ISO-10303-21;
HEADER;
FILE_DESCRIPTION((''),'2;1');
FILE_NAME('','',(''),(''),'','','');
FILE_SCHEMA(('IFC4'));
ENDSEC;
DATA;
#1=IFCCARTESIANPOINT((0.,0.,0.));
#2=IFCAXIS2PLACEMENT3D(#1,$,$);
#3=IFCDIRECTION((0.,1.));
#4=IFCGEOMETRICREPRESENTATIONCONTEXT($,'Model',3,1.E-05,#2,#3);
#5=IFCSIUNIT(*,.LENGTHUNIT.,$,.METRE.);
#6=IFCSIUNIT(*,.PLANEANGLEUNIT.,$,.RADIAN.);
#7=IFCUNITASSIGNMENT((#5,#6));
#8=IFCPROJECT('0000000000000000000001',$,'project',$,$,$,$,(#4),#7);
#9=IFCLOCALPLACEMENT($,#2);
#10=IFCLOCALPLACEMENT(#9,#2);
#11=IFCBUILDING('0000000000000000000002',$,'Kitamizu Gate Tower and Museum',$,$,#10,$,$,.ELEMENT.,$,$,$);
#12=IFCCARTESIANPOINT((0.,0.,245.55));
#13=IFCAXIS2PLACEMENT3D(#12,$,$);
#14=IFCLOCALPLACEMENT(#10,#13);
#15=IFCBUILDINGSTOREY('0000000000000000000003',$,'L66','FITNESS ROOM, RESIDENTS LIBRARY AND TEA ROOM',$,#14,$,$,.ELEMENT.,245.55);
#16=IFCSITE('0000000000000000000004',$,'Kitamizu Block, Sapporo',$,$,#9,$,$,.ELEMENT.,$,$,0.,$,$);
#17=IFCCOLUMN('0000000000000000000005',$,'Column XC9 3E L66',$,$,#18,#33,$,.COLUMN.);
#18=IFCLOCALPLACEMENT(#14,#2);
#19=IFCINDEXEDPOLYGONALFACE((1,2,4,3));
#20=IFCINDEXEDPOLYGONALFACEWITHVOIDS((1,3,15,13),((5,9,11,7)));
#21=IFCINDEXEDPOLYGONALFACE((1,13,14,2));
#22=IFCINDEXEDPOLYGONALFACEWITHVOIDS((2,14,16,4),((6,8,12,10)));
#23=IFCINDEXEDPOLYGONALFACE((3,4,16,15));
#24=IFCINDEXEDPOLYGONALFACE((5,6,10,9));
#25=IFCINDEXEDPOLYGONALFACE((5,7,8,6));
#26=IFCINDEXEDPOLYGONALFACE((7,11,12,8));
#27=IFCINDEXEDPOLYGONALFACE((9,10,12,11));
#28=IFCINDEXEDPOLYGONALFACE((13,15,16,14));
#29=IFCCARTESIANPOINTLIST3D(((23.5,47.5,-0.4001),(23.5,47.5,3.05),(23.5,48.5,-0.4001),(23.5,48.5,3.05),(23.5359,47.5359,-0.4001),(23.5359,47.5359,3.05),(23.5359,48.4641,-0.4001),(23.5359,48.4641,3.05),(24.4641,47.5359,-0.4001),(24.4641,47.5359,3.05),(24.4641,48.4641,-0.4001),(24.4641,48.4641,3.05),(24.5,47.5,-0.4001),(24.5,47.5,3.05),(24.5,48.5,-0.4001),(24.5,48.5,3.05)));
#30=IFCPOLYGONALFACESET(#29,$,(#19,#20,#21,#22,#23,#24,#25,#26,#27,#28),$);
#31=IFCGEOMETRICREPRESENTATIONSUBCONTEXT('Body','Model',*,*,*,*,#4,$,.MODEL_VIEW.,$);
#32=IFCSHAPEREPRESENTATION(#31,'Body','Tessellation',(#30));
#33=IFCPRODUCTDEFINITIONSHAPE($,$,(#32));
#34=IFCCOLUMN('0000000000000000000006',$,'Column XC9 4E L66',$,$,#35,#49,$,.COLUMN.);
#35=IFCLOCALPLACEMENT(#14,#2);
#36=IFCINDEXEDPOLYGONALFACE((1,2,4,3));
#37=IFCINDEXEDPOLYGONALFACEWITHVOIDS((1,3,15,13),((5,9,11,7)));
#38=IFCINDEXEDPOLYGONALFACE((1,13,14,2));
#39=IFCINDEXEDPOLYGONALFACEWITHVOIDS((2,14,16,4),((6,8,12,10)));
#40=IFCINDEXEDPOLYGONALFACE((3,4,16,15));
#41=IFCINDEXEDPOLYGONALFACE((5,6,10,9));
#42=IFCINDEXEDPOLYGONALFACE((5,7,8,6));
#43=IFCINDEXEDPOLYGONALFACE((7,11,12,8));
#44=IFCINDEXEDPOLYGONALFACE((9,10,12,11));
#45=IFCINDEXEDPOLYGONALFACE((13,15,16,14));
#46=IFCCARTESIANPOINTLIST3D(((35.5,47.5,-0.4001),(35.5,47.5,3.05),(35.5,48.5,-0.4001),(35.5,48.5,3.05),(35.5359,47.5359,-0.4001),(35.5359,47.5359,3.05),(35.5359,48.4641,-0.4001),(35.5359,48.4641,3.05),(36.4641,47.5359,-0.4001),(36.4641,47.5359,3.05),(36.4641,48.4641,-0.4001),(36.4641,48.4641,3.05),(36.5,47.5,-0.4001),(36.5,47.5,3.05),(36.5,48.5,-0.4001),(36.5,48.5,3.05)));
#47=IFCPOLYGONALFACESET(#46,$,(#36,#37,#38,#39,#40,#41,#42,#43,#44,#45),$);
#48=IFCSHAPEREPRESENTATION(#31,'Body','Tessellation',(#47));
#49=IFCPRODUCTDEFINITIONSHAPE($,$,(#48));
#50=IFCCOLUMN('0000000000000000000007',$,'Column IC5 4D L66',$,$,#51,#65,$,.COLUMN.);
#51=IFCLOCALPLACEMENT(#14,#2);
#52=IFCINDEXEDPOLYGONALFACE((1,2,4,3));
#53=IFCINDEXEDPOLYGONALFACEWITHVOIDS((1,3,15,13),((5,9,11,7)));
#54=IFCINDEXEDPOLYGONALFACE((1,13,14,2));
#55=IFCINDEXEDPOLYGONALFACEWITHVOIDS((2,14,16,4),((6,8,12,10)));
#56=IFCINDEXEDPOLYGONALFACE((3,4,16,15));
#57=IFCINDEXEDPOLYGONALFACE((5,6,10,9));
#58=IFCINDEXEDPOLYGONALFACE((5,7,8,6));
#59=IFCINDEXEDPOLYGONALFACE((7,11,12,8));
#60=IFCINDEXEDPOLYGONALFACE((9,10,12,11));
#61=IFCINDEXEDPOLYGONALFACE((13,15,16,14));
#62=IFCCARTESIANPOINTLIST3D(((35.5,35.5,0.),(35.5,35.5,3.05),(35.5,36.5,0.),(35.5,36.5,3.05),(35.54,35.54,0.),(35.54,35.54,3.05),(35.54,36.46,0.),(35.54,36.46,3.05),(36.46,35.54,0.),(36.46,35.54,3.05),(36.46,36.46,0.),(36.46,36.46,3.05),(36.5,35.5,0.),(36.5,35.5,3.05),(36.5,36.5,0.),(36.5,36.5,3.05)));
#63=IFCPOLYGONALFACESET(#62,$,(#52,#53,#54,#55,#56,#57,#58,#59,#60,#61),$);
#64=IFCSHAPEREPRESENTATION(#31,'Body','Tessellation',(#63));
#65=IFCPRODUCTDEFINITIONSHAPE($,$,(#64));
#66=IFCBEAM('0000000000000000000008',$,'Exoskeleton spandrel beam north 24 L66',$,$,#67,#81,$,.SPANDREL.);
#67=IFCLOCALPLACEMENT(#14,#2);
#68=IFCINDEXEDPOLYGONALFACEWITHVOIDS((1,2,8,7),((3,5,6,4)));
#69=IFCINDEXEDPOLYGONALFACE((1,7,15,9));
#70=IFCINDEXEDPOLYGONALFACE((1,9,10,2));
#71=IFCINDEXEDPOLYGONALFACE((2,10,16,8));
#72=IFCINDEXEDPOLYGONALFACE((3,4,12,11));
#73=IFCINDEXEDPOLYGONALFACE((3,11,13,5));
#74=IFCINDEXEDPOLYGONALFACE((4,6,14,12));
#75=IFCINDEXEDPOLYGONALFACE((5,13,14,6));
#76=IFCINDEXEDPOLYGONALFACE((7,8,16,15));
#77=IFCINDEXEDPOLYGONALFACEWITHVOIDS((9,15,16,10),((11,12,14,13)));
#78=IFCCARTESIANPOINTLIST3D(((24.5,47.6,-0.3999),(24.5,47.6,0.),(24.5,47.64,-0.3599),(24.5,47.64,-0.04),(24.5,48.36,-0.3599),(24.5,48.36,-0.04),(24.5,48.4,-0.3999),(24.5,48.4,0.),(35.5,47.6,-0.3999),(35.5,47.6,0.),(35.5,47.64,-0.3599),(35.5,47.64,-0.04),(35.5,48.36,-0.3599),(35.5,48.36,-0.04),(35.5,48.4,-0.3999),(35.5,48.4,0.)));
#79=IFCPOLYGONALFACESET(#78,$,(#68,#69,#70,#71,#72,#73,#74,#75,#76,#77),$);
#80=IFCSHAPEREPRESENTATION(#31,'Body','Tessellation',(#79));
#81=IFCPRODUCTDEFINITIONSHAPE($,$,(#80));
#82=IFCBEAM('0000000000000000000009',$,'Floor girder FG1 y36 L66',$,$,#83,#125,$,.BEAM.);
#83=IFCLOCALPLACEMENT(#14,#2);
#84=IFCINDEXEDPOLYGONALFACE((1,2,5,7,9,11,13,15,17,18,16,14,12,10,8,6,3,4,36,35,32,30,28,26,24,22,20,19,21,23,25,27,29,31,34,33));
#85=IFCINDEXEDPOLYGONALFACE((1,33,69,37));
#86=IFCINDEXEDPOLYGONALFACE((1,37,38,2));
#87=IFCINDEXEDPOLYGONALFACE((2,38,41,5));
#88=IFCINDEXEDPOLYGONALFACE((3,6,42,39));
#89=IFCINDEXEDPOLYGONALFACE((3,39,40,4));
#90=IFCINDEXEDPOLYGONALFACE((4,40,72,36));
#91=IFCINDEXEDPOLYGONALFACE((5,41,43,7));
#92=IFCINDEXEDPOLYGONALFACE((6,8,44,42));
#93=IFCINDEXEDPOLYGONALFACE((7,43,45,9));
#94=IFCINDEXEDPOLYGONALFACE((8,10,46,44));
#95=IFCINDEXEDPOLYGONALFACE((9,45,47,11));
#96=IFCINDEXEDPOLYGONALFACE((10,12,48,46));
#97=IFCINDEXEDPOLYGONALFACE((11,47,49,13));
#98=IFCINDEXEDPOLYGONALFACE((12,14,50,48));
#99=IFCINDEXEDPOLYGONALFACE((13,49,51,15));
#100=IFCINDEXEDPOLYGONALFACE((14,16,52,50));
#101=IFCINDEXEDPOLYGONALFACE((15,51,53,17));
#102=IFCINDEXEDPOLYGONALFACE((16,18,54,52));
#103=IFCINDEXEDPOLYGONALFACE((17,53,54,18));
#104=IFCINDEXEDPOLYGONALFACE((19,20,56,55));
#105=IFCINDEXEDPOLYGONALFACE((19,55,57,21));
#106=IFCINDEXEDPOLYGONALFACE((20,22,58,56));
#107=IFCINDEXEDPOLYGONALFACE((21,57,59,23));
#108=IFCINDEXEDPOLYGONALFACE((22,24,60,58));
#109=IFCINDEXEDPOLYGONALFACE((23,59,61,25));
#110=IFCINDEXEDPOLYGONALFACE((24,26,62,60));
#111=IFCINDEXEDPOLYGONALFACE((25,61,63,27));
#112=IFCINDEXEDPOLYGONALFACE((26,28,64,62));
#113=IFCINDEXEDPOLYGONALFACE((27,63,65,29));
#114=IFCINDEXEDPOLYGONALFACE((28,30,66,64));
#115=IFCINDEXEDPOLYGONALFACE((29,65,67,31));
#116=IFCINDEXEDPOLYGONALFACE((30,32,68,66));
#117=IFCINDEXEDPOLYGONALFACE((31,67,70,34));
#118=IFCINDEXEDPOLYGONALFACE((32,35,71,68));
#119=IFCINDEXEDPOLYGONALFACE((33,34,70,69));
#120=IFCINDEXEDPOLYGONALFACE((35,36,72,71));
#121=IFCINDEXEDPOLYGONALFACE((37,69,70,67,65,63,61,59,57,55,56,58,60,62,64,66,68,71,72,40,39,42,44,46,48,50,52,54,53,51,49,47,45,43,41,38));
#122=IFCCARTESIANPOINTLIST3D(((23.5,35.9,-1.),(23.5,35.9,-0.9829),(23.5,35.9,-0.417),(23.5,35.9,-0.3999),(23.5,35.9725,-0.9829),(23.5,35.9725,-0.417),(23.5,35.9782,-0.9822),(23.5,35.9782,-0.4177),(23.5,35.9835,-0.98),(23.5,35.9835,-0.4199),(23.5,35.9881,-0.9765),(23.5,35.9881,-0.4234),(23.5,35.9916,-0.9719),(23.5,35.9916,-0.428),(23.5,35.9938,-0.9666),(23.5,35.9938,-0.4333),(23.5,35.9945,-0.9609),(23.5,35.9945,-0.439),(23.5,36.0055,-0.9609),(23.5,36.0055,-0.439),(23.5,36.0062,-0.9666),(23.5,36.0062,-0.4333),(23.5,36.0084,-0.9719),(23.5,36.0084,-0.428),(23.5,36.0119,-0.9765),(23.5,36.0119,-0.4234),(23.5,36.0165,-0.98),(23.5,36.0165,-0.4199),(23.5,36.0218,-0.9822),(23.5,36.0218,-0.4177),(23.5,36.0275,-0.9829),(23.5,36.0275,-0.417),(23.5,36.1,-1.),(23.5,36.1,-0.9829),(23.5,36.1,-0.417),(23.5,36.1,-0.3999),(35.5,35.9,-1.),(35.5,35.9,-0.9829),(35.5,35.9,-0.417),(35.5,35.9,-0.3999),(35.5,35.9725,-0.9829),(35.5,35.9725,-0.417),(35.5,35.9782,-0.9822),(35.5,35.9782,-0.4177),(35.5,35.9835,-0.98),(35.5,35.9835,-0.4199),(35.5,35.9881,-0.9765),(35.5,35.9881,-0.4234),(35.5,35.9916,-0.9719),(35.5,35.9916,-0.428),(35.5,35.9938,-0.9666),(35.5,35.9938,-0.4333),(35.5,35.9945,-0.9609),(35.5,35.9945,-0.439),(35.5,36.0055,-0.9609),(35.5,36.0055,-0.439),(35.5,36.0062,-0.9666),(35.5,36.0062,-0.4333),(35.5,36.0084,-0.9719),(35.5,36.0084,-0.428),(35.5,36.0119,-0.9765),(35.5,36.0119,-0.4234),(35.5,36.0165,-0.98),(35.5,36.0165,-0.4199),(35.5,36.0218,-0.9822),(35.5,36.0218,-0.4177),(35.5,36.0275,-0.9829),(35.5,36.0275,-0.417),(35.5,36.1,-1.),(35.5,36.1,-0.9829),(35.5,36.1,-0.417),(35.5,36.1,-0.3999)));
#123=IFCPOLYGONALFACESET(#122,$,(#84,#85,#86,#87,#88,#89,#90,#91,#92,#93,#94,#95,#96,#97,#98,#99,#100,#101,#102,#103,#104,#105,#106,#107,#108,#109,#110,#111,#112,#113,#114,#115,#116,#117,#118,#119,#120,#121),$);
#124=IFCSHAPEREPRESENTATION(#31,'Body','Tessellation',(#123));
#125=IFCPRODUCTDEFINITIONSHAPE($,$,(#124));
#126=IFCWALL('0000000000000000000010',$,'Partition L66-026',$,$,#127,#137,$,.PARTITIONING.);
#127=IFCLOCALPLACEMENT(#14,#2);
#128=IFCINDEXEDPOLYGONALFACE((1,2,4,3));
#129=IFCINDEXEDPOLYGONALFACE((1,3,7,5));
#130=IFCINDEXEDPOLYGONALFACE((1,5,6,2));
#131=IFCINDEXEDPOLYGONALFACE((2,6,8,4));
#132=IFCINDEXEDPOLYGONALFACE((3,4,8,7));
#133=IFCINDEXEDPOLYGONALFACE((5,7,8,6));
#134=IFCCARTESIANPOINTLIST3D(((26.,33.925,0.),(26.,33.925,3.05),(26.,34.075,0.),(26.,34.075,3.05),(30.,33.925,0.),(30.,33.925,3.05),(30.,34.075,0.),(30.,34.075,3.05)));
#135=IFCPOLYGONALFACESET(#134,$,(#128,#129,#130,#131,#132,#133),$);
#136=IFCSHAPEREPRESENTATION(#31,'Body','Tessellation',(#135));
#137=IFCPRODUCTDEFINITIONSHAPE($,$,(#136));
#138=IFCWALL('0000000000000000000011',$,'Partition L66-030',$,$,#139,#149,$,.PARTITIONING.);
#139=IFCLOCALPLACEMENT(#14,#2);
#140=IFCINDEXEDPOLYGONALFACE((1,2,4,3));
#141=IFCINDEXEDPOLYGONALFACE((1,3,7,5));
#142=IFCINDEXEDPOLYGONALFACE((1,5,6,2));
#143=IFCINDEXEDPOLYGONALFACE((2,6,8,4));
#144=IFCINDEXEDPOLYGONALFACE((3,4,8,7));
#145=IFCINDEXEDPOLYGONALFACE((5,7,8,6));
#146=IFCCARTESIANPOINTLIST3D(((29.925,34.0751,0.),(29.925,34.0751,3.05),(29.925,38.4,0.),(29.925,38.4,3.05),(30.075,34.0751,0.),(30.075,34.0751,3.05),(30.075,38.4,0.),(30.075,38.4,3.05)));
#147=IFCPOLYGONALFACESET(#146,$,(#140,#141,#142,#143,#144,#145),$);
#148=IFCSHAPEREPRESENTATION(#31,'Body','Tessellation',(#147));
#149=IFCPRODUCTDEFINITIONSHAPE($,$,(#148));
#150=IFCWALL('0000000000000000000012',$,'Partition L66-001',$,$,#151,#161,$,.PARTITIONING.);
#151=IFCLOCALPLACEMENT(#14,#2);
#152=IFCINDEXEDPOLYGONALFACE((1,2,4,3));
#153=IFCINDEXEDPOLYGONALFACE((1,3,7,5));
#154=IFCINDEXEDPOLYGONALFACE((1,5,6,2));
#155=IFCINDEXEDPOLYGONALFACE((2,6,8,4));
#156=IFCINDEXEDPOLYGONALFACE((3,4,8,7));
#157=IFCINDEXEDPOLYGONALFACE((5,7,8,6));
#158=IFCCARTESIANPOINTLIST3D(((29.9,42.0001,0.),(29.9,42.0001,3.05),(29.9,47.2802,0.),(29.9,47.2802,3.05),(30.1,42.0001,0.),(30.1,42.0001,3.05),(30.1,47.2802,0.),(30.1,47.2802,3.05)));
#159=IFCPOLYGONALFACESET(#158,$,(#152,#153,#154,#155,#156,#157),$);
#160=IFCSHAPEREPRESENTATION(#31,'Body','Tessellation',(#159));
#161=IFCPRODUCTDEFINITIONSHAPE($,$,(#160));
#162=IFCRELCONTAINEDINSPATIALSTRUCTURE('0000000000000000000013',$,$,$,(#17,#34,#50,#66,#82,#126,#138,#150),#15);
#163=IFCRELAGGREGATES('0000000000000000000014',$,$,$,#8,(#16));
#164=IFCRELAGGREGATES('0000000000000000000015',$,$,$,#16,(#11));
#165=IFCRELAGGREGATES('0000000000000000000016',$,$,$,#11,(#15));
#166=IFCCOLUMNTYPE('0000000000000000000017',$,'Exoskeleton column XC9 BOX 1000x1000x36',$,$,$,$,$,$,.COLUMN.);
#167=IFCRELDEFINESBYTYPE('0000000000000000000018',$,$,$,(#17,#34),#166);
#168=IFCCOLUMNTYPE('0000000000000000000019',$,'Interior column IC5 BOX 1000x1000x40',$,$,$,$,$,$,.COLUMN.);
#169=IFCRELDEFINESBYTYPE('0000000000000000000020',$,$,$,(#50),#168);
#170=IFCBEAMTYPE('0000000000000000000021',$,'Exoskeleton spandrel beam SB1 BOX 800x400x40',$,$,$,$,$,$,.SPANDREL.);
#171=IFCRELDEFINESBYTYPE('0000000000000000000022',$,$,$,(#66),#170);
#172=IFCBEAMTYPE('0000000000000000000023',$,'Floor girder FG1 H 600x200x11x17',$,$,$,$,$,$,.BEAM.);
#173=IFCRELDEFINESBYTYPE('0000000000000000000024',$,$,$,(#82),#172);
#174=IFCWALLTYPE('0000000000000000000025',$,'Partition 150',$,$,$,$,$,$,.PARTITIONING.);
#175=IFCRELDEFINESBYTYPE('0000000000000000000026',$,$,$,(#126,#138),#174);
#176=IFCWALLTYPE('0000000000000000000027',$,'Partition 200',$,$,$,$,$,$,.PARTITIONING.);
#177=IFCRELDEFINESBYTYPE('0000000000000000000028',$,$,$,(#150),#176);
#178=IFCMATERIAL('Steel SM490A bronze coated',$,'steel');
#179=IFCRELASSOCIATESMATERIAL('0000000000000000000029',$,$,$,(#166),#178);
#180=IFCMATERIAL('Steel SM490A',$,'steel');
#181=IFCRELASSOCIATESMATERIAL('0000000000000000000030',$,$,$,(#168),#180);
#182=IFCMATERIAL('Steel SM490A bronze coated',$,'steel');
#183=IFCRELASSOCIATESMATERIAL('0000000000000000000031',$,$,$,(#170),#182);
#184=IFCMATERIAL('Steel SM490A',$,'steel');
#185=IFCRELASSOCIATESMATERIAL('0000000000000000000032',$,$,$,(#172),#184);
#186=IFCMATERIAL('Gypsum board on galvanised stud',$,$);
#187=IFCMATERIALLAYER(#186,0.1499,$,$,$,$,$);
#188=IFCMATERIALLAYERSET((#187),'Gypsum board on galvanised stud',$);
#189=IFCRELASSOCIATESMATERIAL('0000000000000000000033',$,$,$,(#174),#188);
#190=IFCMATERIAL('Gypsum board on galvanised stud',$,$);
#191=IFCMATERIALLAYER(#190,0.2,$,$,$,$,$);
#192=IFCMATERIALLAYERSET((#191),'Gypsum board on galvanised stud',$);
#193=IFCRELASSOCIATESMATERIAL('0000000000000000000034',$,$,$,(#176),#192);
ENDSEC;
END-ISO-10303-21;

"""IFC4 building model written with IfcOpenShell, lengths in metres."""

from ifc_helpers import new_model, si_unit, direction, frame, frame_2d, origin, origin_2d, place, context, subcontext, project, spatial, rectangle, hollow_rectangle, i_section, extrude, material, layer, layer_set, material_profile, profile_set, type_object, element, save


model = new_model("IFC4")

# Units and contexts
model_context = context("Model", 3, precision=1e-05, world=origin(), true_north=direction((0.0, 1.0)))
body_context = subcontext(model_context, "Body", "Model", "MODEL_VIEW")
ifc_project = project(units=[si_unit("LENGTHUNIT", "METRE"), si_unit("PLANEANGLEUNIT", "RADIAN")], contexts=[model_context])

# Site, building, storey
site_placement = place(None, origin())
site = spatial("IfcSite", under=ifc_project, at=site_placement, Name="Kitamizu Block, Sapporo", CompositionType="ELEMENT", RefElevation=0.0)
building_placement = place(site_placement, origin())
building = spatial("IfcBuilding", under=site, at=building_placement, Name="Kitamizu Gate Tower and Museum", CompositionType="ELEMENT")
storey_placement = place(building_placement, frame((0.0, 0.0, 245.55)))
storey = spatial("IfcBuildingStorey", under=building, at=storey_placement, Name="L66", Description="FITNESS ROOM, RESIDENTS LIBRARY AND TEA ROOM", CompositionType="ELEMENT", Elevation=245.55)

# Columns
ifc_material_1 = material(Name="Steel SM490A bronze coated", Category="steel")
ifc_material_profile_1 = material_profile(ifc_material_1, hollow_rectangle(XDim=1.0, YDim=1.0, WallThickness=0.0359, at=origin_2d()), Name="BOX 1000x1000x36")
ifc_profile_set_1 = profile_set([ifc_material_profile_1], Name="Steel SM490A bronze coated")
column_type_1 = type_object("IfcColumnType", Name="Exoskeleton column XC9 BOX 1000x1000x36", PredefinedType="COLUMN", material=ifc_profile_set_1)
for number, where, z_axis, x_axis, name in (
    (1, (24.0, 48.0, -0.4001), (0.0, 0.0, 1.0), (1.0, 0.0, 0.0), "Column XC9 3E L66"),
    (2, (36.0, 48.0, -0.4001), (0.0, 0.0, 1.0), (1.0, 0.0, 0.0), "Column XC9 4E L66"),
):
    element("IfcColumn", number, at=place(storey_placement, frame(where, z_axis=z_axis, x_axis=x_axis)), inside=storey, type_object=column_type_1, Name=name, PredefinedType="COLUMN", context=body_context, shape_type="SweptSolid", body=[
        extrude(hollow_rectangle(XDim=1.0, YDim=1.0, WallThickness=0.0359, at=origin_2d()), origin(), (0.0, 0.0, 1.0), 3.4502),
    ])
ifc_material_2 = material(Name="Steel SM490A", Category="steel")
ifc_material_profile_2 = material_profile(ifc_material_2, hollow_rectangle(XDim=1.0, YDim=1.0, WallThickness=0.04, at=origin_2d()), Name="BOX 1000x1000x40")
ifc_profile_set_2 = profile_set([ifc_material_profile_2], Name="Steel SM490A")
column_type_2 = type_object("IfcColumnType", Name="Interior column IC5 BOX 1000x1000x40", PredefinedType="COLUMN", material=ifc_profile_set_2)
column_placement = place(storey_placement, frame((36.0, 36.0, 0.0), z_axis=(0.0, 0.0, 1.0), x_axis=(1.0, 0.0, 0.0)))
element("IfcColumn", 3, at=column_placement, inside=storey, type_object=column_type_2, Name="Column IC5 4D L66", PredefinedType="COLUMN", context=body_context, shape_type="SweptSolid", body=[
    extrude(hollow_rectangle(XDim=1.0, YDim=1.0, WallThickness=0.04, at=origin_2d()), origin(), (0.0, 0.0, 1.0), 3.05),
])

# Beams
ifc_material_3 = material(Name="Steel SM490A bronze coated", Category="steel")
ifc_material_profile_3 = material_profile(ifc_material_3, hollow_rectangle(XDim=0.8, YDim=0.3999, WallThickness=0.04, at=origin_2d()), Name="BOX 800x400x40")
ifc_profile_set_3 = profile_set([ifc_material_profile_3], Name="Steel SM490A bronze coated")
beam_type_1 = type_object("IfcBeamType", Name="Exoskeleton spandrel beam SB1 BOX 800x400x40", PredefinedType="SPANDREL", material=ifc_profile_set_3)
beam_1_placement = place(storey_placement, frame((24.5, 48.0, -0.2), z_axis=(1.0, 0.0, 0.0), x_axis=(0.0, 1.0, 0.0)))
element("IfcBeam", 4, at=beam_1_placement, inside=storey, type_object=beam_type_1, Name="Exoskeleton spandrel beam north 24 L66", PredefinedType="SPANDREL", context=body_context, shape_type="SweptSolid", body=[
    extrude(hollow_rectangle(XDim=0.8, YDim=0.3999, WallThickness=0.04, at=origin_2d()), origin(), (0.0, 0.0, 1.0), 11.0),
])
ifc_material_4 = material(Name="Steel SM490A", Category="steel")
ifc_material_profile_4 = material_profile(ifc_material_4, i_section(OverallWidth=0.2, OverallDepth=0.6001, WebThickness=0.011, FlangeThickness=0.0171, FilletRadius=0.022, at=origin_2d()), Name="H-600x200x11x17")
ifc_profile_set_4 = profile_set([ifc_material_profile_4], Name="Steel SM490A")
beam_type_2 = type_object("IfcBeamType", Name="Floor girder FG1 H 600x200x11x17", PredefinedType="BEAM", material=ifc_profile_set_4)
beam_2_placement = place(storey_placement, frame((23.5, 36.0, -0.7), z_axis=(1.0, 0.0, 0.0), x_axis=(0.0, 1.0, 0.0)))
element("IfcBeam", 5, at=beam_2_placement, inside=storey, type_object=beam_type_2, Name="Floor girder FG1 y36 L66", PredefinedType="BEAM", context=body_context, shape_type="SweptSolid", body=[
    extrude(i_section(OverallWidth=0.2, OverallDepth=0.6001, WebThickness=0.011, FlangeThickness=0.0171, FilletRadius=0.022, at=origin_2d()), origin(), (0.0, 0.0, 1.0), 12.0),
])

# Walls
ifc_material_5 = material(Name="Gypsum board on galvanised stud")
ifc_layer_1 = layer(ifc_material_5, 0.1499)
ifc_layer_set_1 = layer_set([ifc_layer_1], Name="Gypsum board on galvanised stud")
wall_type_1 = type_object("IfcWallType", Name="Partition 150", PredefinedType="PARTITIONING", material=ifc_layer_set_1)
wall_1_placement = place(storey_placement, frame((30.0, 34.0, 0.0), z_axis=(0.0, 0.0, 1.0), x_axis=(-1.0, 0.0, 0.0)))
element("IfcWall", 6, at=wall_1_placement, inside=storey, type_object=wall_type_1, Name="Partition L66-026", PredefinedType="PARTITIONING", context=body_context, shape_type="SweptSolid", body=[
    extrude(rectangle(XDim=4.0, YDim=0.1499, at=frame_2d((2.0, 0.0))), origin(), (0.0, 0.0, 1.0), 3.05),
])
wall_2_placement = place(storey_placement, frame((30.0, 34.075, 0.0), z_axis=(0.0, 0.0, 1.0), x_axis=(0.0, 1.0, 0.0)))
element("IfcWall", 7, at=wall_2_placement, inside=storey, type_object=wall_type_1, Name="Partition L66-030", PredefinedType="PARTITIONING", context=body_context, shape_type="SweptSolid", body=[
    extrude(rectangle(XDim=4.325, YDim=0.1499, at=frame_2d((2.1626, 0.0))), origin(), (0.0, 0.0, 1.0), 3.05),
])
ifc_material_6 = material(Name="Gypsum board on galvanised stud")
ifc_layer_2 = layer(ifc_material_6, 0.2)
ifc_layer_set_2 = layer_set([ifc_layer_2], Name="Gypsum board on galvanised stud")
wall_type_2 = type_object("IfcWallType", Name="Partition 200", PredefinedType="PARTITIONING", material=ifc_layer_set_2)
wall_3_placement = place(storey_placement, frame((30.0, 42.0, 0.0), z_axis=(0.0, 0.0, 1.0), x_axis=(0.0, 1.0, 0.0)))
element("IfcWall", 8, at=wall_3_placement, inside=storey, type_object=wall_type_2, Name="Partition L66-001", PredefinedType="PARTITIONING", context=body_context, shape_type="SweptSolid", body=[
    extrude(rectangle(XDim=5.28, YDim=0.2, at=frame_2d((2.6401, 0.0))), origin(), (0.0, 0.0, 1.0), 3.05),
])

save(model, "model.ifc")
